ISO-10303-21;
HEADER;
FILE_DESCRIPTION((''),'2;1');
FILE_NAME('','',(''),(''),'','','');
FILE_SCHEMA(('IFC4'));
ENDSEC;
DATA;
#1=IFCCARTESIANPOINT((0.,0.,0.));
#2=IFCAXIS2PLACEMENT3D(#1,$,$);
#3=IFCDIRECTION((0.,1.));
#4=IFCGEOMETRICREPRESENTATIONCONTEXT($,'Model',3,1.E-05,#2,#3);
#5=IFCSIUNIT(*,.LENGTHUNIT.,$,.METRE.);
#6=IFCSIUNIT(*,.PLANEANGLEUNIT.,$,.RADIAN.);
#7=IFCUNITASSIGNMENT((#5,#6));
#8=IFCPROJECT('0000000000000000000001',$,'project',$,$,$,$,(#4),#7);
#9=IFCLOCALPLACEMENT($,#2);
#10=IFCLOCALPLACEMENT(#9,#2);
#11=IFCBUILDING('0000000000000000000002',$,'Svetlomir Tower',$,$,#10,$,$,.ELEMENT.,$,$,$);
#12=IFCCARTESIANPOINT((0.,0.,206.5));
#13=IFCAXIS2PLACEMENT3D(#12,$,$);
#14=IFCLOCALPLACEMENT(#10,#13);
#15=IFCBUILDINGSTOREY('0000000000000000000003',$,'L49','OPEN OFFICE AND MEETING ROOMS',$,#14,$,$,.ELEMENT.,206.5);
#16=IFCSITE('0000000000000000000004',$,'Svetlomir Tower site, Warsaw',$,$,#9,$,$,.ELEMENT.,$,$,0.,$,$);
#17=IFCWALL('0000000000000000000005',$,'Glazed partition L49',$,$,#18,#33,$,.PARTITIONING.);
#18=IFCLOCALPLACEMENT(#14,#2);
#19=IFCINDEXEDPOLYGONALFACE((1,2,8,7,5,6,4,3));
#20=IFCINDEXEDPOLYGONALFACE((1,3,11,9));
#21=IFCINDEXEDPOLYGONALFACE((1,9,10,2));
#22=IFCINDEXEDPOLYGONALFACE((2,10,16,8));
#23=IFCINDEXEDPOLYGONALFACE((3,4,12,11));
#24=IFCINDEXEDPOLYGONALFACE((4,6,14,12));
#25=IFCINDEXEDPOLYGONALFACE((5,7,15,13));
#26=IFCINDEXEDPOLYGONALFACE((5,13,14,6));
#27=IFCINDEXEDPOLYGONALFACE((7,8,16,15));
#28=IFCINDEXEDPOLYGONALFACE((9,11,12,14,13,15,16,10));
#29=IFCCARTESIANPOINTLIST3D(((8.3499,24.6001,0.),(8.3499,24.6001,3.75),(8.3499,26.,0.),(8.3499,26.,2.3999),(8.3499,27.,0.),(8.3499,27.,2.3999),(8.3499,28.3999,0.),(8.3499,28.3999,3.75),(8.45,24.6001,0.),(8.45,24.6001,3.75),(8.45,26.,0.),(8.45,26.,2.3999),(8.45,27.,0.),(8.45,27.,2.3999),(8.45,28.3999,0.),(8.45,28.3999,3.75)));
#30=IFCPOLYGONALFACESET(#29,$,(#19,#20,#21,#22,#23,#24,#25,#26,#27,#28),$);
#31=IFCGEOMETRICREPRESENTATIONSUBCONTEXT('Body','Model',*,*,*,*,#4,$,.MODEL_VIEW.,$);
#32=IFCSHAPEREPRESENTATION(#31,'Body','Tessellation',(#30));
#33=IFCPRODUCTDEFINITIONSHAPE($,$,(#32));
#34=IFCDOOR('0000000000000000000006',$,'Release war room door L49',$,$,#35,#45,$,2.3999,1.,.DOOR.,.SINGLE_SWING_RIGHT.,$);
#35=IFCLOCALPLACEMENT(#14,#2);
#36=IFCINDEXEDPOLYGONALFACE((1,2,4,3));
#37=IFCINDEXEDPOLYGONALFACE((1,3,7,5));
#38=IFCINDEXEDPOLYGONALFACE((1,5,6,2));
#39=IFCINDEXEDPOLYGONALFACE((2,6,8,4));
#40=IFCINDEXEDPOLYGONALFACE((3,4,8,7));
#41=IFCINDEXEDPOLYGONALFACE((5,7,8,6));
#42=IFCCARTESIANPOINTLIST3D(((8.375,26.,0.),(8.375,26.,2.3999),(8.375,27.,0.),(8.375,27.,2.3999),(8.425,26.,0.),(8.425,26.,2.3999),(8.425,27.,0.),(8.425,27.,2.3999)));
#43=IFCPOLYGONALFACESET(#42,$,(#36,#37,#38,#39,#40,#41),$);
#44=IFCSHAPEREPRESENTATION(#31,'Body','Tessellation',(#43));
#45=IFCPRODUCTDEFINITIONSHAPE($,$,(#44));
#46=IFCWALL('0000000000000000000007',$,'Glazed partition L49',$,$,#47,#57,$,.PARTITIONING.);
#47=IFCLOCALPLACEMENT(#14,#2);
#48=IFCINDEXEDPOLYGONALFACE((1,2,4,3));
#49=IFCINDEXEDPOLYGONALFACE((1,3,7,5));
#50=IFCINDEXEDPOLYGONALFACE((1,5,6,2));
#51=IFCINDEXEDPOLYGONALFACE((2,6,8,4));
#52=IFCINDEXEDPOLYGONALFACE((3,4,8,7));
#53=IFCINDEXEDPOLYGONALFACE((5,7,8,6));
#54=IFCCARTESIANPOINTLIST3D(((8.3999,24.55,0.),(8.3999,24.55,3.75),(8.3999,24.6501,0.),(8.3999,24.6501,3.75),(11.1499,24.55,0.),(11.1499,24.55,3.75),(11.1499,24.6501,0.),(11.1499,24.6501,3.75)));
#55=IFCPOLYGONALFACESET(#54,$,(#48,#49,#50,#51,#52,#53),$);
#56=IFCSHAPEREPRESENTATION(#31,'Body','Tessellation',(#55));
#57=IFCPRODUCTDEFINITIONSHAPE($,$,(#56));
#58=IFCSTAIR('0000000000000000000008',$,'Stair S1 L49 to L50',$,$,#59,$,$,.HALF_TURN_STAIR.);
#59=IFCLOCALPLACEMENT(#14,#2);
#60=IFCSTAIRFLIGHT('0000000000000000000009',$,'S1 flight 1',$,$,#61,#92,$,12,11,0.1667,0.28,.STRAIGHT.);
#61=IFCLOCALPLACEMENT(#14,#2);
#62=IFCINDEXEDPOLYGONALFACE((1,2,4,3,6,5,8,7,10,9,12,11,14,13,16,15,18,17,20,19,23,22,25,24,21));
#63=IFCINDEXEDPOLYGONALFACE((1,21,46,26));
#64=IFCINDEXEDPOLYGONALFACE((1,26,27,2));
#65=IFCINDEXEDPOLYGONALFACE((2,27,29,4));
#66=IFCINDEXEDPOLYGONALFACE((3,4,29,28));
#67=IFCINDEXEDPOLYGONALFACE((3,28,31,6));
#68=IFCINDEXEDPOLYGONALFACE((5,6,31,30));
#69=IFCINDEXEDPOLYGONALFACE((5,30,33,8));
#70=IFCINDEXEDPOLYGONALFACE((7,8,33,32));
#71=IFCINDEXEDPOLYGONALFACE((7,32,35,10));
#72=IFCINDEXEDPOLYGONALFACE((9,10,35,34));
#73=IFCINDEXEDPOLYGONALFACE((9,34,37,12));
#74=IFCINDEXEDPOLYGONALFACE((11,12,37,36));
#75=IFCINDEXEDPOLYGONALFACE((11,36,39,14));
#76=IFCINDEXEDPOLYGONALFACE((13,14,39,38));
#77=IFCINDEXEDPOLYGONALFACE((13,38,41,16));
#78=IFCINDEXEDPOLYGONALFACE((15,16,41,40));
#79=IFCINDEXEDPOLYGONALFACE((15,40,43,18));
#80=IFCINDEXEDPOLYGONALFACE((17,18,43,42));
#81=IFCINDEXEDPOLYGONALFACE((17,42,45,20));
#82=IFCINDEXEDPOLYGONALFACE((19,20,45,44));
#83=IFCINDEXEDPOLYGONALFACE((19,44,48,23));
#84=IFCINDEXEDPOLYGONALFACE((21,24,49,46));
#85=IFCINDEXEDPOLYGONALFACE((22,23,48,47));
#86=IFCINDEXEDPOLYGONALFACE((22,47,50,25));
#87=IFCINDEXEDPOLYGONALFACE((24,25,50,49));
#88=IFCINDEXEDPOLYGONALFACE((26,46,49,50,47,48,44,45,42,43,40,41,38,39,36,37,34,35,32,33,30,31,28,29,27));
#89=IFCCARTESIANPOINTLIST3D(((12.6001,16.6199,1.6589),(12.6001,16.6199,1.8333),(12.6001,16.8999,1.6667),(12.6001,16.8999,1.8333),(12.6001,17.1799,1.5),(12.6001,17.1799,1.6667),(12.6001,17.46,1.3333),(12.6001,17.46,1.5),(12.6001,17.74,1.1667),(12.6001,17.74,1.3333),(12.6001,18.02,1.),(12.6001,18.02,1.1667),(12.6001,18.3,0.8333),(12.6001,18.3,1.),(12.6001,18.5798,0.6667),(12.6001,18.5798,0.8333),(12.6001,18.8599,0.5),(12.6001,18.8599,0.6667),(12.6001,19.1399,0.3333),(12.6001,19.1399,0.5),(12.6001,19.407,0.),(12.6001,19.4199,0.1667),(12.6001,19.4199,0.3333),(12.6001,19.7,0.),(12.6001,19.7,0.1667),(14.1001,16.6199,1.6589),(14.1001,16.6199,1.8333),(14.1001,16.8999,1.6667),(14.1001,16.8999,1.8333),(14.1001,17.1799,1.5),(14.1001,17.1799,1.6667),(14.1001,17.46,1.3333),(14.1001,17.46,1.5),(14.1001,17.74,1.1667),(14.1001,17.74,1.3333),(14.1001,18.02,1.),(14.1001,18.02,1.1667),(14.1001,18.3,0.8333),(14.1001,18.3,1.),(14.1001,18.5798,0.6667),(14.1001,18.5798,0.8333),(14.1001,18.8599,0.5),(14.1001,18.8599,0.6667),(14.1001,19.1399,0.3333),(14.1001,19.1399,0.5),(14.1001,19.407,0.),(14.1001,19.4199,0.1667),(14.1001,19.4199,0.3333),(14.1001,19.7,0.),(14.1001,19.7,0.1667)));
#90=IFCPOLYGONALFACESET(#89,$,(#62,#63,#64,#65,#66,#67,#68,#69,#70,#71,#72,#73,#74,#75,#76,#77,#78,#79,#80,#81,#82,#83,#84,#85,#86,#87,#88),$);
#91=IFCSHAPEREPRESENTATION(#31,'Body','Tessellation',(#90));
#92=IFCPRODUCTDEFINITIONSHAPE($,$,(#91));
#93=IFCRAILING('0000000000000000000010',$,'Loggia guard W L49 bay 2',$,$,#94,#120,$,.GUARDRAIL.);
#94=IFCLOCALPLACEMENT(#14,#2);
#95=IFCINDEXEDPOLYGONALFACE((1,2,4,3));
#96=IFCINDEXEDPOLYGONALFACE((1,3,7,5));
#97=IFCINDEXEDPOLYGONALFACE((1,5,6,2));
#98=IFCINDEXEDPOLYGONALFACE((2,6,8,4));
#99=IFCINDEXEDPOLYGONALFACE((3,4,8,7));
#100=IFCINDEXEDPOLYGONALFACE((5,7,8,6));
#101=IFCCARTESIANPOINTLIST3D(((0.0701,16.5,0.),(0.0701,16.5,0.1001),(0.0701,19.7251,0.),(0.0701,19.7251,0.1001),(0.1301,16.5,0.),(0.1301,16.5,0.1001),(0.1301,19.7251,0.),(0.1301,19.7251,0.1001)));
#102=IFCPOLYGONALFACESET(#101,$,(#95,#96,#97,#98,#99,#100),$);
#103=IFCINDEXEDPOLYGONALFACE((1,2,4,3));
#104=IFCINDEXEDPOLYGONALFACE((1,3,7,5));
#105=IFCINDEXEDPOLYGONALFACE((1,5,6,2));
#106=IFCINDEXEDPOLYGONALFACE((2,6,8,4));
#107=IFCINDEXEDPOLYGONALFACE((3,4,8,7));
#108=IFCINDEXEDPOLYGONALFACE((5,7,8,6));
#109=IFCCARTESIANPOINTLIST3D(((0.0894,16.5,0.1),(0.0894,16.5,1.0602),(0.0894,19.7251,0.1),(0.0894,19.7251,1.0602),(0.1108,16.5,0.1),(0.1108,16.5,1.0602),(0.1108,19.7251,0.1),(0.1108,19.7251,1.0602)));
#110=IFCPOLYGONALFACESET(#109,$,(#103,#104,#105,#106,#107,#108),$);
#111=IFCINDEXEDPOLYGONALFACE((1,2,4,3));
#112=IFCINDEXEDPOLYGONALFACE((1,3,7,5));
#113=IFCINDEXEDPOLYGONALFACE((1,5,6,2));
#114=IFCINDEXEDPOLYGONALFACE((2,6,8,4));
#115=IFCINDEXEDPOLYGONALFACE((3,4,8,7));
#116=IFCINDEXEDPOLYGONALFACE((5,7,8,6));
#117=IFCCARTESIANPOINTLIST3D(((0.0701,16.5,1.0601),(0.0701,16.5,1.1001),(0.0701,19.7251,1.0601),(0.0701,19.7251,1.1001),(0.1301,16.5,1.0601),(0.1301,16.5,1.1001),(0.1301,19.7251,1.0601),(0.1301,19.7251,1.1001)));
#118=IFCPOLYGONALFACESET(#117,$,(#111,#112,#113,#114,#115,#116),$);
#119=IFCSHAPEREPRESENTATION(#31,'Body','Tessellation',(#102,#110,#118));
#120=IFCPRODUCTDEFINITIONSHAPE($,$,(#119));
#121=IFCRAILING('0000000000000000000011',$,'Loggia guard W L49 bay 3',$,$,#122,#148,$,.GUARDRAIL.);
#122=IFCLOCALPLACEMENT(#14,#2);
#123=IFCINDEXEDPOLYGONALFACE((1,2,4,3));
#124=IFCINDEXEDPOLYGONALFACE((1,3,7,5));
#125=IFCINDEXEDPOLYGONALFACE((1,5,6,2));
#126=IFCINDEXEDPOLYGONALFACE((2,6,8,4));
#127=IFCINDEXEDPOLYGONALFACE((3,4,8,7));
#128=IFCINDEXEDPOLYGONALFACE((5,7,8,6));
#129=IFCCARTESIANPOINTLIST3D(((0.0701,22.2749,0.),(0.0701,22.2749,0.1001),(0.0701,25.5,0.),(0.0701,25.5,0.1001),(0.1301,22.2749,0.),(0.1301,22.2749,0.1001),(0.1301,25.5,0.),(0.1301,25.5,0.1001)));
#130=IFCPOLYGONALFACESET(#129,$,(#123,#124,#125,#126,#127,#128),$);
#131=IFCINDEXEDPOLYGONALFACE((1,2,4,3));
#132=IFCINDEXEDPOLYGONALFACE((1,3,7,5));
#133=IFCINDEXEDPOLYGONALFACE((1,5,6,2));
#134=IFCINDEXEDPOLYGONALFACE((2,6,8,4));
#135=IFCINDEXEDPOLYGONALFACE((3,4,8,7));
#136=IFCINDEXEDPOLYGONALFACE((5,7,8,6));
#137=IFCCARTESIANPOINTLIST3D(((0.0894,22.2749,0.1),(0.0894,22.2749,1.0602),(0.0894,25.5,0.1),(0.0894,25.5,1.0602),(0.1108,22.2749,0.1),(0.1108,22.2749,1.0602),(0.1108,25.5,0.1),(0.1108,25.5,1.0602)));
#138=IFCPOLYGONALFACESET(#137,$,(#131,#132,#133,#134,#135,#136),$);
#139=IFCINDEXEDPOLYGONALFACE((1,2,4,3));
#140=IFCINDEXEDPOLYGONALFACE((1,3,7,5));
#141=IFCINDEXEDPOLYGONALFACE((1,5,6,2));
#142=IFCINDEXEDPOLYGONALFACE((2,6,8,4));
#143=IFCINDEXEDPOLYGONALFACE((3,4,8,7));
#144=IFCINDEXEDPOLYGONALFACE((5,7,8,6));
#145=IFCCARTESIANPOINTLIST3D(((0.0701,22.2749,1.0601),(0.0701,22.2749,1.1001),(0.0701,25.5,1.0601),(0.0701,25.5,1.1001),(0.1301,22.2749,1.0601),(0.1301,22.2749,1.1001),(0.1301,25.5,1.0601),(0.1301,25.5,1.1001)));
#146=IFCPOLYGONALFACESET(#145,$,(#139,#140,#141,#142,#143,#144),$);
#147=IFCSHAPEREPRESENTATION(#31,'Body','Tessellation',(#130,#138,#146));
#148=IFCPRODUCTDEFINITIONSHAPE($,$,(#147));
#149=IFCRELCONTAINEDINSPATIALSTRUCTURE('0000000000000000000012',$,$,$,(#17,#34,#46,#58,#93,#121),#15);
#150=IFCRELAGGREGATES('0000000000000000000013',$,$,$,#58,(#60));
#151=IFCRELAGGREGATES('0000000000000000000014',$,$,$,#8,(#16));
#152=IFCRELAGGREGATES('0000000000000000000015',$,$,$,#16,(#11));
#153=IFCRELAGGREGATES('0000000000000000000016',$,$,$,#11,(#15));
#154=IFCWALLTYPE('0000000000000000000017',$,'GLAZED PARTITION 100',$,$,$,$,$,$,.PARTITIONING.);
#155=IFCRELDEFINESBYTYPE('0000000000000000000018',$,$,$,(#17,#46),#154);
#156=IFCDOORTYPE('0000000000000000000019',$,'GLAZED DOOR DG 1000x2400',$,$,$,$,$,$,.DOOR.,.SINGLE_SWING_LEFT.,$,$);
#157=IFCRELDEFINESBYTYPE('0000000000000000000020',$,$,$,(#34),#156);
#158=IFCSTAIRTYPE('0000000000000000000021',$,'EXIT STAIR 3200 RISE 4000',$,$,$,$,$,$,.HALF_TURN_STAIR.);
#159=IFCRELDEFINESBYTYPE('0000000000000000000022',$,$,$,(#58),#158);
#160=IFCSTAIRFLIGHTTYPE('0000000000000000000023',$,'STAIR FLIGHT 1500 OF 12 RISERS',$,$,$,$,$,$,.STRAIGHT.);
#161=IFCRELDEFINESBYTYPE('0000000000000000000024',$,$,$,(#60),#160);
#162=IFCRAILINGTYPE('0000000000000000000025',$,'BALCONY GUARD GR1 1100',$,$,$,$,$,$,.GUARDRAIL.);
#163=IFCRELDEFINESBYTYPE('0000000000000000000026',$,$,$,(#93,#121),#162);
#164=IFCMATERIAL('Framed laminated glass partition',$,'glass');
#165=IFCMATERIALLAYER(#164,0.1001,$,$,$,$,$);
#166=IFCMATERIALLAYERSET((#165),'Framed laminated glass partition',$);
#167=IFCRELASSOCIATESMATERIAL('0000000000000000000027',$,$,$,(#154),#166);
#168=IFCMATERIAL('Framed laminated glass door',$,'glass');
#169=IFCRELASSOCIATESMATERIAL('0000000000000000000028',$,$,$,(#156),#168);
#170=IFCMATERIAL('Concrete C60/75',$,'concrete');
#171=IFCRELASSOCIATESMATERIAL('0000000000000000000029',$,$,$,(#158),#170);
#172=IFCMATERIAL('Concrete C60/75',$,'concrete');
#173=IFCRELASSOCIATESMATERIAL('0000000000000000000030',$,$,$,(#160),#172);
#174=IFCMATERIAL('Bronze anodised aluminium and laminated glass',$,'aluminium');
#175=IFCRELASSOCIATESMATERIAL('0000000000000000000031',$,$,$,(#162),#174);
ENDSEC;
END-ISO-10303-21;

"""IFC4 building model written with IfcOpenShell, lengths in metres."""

from ifc_helpers import new_model, si_unit, direction, frame, frame_2d, origin, origin_2d, place, context, subcontext, project, spatial, polyline, rectangle, outline, extrude, material, layer, layer_set, type_object, element, fill, aggregate, save


model = new_model("IFC4")

# Units and contexts
model_context = context("Model", 3, precision=1e-05, world=origin(), true_north=direction((0.0, 1.0)))
body_context = subcontext(model_context, "Body", "Model", "MODEL_VIEW")
ifc_project = project(units=[si_unit("LENGTHUNIT", "METRE"), si_unit("PLANEANGLEUNIT", "RADIAN")], contexts=[model_context])

# Site, building, storey
site_placement = place(None, origin())
site = spatial("IfcSite", under=ifc_project, at=site_placement, Name="Svetlomir Tower site, Warsaw", CompositionType="ELEMENT", RefElevation=0.0)
building_placement = place(site_placement, origin())
building = spatial("IfcBuilding", under=site, at=building_placement, Name="Svetlomir Tower", CompositionType="ELEMENT")
storey_placement = place(building_placement, frame((0.0, 0.0, 206.5)))
storey = spatial("IfcBuildingStorey", under=building, at=storey_placement, Name="L49", Description="OPEN OFFICE AND MEETING ROOMS", CompositionType="ELEMENT", Elevation=206.5)

# Shared definitions
ifc_material_1 = material(Name="Framed laminated glass partition", Category="glass")
ifc_layer_1 = layer(ifc_material_1, 0.1001)
ifc_layer_set_1 = layer_set([ifc_layer_1], Name="Framed laminated glass partition")
wall_type_1 = type_object("IfcWallType", Name="GLAZED PARTITION 100", PredefinedType="PARTITIONING", material=ifc_layer_set_1)

# Shared definitions
ifc_material_2 = material(Name="Framed laminated glass door", Category="glass")
door_type_1 = type_object("IfcDoorType", Name="GLAZED DOOR DG 1000x2400", OperationType="SINGLE_SWING_LEFT", PredefinedType="DOOR", material=ifc_material_2)

# Wall, opening, door
wall_1_placement = place(storey_placement, frame((8.3999, 24.6001, 0.0), z_axis=(0.0, 0.0, 1.0), x_axis=(0.0, 1.0, 0.0)))
wall_1 = element("IfcWall", 1, at=wall_1_placement, inside=storey, type_object=wall_type_1, Name="Glazed partition L49", PredefinedType="PARTITIONING", context=body_context, shape_type="SweptSolid", body=[
    extrude(rectangle(XDim=3.7998, YDim=0.1001, at=frame_2d((1.8999, 0.0))), origin(), (0.0, 0.0, 1.0), 3.75),
])
opening_1_placement = place(wall_1_placement, frame((1.3999, 0.0, 0.0)))
opening_1 = element("IfcOpeningElement", 2, at=opening_1_placement, cuts=wall_1, PredefinedType="OPENING", context=body_context, shape_type="SweptSolid", body=[
    extrude(rectangle(XDim=1.0, YDim=2.3999, at=frame_2d((0.5, 1.2))), frame((0.0, 0.0601, 0.0), z_axis=(0.0, -1.0, 0.0), x_axis=(1.0, 0.0, 0.0)), (0.0, 0.0, 1.0), 0.1201),
])
door_1_placement = place(opening_1_placement, origin())
door_1 = element("IfcDoor", 3, at=door_1_placement, inside=storey, type_object=door_type_1, Name="Release war room door L49", OperationType="SINGLE_SWING_RIGHT", OverallHeight=2.3999, OverallWidth=1.0, PredefinedType="DOOR", context=body_context, shape_type="SweptSolid", body=[
    extrude(rectangle(XDim=1.0, YDim=2.3999, at=frame_2d((0.5, 1.2))), frame((0.0, 0.0249, 0.0), z_axis=(0.0, -1.0, 0.0), x_axis=(1.0, 0.0, 0.0)), (0.0, 0.0, 1.0), 0.05),
])
fill(opening_1, door_1)

# Wall
wall_2_placement = place(storey_placement, frame((8.3999, 24.6001, 0.0), z_axis=(0.0, 0.0, 1.0), x_axis=(1.0, 0.0, 0.0)))
element("IfcWall", 4, at=wall_2_placement, inside=storey, type_object=wall_type_1, Name="Glazed partition L49", PredefinedType="PARTITIONING", context=body_context, shape_type="SweptSolid", body=[
    extrude(rectangle(XDim=2.75, YDim=0.1001, at=frame_2d((1.375, 0.0))), origin(), (0.0, 0.0, 1.0), 3.75),
])

# Stair, stair flight
ifc_material_3 = material(Name="Concrete C60/75", Category="concrete")
stair_type = type_object("IfcStairType", Name="EXIT STAIR 3200 RISE 4000", PredefinedType="HALF_TURN_STAIR", material=ifc_material_3)
stair_placement = place(storey_placement, origin())
stair = element("IfcStair", 5, at=stair_placement, inside=storey, type_object=stair_type, Name="Stair S1 L49 to L50", PredefinedType="HALF_TURN_STAIR")
ifc_material_4 = material(Name="Concrete C60/75", Category="concrete")
stair_flight_type = type_object("IfcStairFlightType", Name="STAIR FLIGHT 1500 OF 12 RISERS", PredefinedType="STRAIGHT", material=ifc_material_4)
stair_flight_placement = place(storey_placement, frame((13.3501, 19.7, 0.0), z_axis=(0.0, 0.0, 1.0), x_axis=(0.0, -1.0, 0.0)))
stair_flight = element("IfcStairFlight", 6, at=stair_flight_placement, type_object=stair_flight_type, Name="S1 flight 1", NumberOfRisers=12, NumberOfTreads=11, PredefinedType="STRAIGHT", RiserHeight=0.1667, TreadLength=0.28, context=body_context, shape_type="SweptSolid", body=[
    extrude(outline(polyline([(0.0, 0.0), (0.0, 0.1667), (0.28, 0.1667), (0.28, 0.3333), (0.5601, 0.3333), (0.5601, 0.5), (0.8401, 0.5), (0.8401, 0.6667), (1.1201, 0.6667), (1.1201, 0.8333), (1.3999, 0.8333), (1.3999, 1.0), (1.6799, 1.0), (1.6799, 1.1667), (1.96, 1.1667), (1.96, 1.3333), (2.24, 1.3333), (2.24, 1.5), (2.52, 1.5), (2.52, 1.6667), (2.8, 1.6667), (2.8, 1.8333), (3.0801, 1.8333), (3.0801, 2.0), (3.0801, 1.6589), (0.293, 0.0), (0.0, 0.0)])), frame((0.0, 0.75, 0.0), z_axis=(0.0, -1.0, 0.0), x_axis=(1.0, 0.0, 0.0)), (0.0, 0.0, 1.0), 1.5),
])
aggregate(stair, [stair_flight])

# Railings
ifc_material_5 = material(Name="Bronze anodised aluminium and laminated glass", Category="aluminium")
railing_type_1 = type_object("IfcRailingType", Name="BALCONY GUARD GR1 1100", PredefinedType="GUARDRAIL", material=ifc_material_5)
for number, where, name in (
    (7, (0.1001, 16.5, 0.0), "Loggia guard W L49 bay 2"),
    (8, (0.1001, 22.2749, 0.0), "Loggia guard W L49 bay 3"),
):
    element("IfcRailing", number, at=place(storey_placement, frame(where)), inside=storey, type_object=railing_type_1, Name=name, PredefinedType="GUARDRAIL", context=body_context, shape_type="SweptSolid", body=[
        extrude(rectangle(XDim=0.0601, YDim=0.1001, at=origin_2d()), frame((0.0, 0.0, 0.05), z_axis=(0.0, 1.0, 0.0), x_axis=(-1.0, 0.0, 0.0)), (0.0, 0.0, 1.0), 3.2251),
        extrude(rectangle(XDim=0.0215, YDim=0.9602, at=origin_2d()), frame((0.0, 0.0, 0.5801), z_axis=(0.0, 1.0, 0.0), x_axis=(-1.0, 0.0, 0.0)), (0.0, 0.0, 1.0), 3.2251),
        extrude(rectangle(XDim=0.0601, YDim=0.04, at=origin_2d()), frame((0.0, 0.0, 1.0801), z_axis=(0.0, 1.0, 0.0), x_axis=(-1.0, 0.0, 0.0)), (0.0, 0.0, 1.0), 3.2251),
    ])

save(model, "model.ifc")
